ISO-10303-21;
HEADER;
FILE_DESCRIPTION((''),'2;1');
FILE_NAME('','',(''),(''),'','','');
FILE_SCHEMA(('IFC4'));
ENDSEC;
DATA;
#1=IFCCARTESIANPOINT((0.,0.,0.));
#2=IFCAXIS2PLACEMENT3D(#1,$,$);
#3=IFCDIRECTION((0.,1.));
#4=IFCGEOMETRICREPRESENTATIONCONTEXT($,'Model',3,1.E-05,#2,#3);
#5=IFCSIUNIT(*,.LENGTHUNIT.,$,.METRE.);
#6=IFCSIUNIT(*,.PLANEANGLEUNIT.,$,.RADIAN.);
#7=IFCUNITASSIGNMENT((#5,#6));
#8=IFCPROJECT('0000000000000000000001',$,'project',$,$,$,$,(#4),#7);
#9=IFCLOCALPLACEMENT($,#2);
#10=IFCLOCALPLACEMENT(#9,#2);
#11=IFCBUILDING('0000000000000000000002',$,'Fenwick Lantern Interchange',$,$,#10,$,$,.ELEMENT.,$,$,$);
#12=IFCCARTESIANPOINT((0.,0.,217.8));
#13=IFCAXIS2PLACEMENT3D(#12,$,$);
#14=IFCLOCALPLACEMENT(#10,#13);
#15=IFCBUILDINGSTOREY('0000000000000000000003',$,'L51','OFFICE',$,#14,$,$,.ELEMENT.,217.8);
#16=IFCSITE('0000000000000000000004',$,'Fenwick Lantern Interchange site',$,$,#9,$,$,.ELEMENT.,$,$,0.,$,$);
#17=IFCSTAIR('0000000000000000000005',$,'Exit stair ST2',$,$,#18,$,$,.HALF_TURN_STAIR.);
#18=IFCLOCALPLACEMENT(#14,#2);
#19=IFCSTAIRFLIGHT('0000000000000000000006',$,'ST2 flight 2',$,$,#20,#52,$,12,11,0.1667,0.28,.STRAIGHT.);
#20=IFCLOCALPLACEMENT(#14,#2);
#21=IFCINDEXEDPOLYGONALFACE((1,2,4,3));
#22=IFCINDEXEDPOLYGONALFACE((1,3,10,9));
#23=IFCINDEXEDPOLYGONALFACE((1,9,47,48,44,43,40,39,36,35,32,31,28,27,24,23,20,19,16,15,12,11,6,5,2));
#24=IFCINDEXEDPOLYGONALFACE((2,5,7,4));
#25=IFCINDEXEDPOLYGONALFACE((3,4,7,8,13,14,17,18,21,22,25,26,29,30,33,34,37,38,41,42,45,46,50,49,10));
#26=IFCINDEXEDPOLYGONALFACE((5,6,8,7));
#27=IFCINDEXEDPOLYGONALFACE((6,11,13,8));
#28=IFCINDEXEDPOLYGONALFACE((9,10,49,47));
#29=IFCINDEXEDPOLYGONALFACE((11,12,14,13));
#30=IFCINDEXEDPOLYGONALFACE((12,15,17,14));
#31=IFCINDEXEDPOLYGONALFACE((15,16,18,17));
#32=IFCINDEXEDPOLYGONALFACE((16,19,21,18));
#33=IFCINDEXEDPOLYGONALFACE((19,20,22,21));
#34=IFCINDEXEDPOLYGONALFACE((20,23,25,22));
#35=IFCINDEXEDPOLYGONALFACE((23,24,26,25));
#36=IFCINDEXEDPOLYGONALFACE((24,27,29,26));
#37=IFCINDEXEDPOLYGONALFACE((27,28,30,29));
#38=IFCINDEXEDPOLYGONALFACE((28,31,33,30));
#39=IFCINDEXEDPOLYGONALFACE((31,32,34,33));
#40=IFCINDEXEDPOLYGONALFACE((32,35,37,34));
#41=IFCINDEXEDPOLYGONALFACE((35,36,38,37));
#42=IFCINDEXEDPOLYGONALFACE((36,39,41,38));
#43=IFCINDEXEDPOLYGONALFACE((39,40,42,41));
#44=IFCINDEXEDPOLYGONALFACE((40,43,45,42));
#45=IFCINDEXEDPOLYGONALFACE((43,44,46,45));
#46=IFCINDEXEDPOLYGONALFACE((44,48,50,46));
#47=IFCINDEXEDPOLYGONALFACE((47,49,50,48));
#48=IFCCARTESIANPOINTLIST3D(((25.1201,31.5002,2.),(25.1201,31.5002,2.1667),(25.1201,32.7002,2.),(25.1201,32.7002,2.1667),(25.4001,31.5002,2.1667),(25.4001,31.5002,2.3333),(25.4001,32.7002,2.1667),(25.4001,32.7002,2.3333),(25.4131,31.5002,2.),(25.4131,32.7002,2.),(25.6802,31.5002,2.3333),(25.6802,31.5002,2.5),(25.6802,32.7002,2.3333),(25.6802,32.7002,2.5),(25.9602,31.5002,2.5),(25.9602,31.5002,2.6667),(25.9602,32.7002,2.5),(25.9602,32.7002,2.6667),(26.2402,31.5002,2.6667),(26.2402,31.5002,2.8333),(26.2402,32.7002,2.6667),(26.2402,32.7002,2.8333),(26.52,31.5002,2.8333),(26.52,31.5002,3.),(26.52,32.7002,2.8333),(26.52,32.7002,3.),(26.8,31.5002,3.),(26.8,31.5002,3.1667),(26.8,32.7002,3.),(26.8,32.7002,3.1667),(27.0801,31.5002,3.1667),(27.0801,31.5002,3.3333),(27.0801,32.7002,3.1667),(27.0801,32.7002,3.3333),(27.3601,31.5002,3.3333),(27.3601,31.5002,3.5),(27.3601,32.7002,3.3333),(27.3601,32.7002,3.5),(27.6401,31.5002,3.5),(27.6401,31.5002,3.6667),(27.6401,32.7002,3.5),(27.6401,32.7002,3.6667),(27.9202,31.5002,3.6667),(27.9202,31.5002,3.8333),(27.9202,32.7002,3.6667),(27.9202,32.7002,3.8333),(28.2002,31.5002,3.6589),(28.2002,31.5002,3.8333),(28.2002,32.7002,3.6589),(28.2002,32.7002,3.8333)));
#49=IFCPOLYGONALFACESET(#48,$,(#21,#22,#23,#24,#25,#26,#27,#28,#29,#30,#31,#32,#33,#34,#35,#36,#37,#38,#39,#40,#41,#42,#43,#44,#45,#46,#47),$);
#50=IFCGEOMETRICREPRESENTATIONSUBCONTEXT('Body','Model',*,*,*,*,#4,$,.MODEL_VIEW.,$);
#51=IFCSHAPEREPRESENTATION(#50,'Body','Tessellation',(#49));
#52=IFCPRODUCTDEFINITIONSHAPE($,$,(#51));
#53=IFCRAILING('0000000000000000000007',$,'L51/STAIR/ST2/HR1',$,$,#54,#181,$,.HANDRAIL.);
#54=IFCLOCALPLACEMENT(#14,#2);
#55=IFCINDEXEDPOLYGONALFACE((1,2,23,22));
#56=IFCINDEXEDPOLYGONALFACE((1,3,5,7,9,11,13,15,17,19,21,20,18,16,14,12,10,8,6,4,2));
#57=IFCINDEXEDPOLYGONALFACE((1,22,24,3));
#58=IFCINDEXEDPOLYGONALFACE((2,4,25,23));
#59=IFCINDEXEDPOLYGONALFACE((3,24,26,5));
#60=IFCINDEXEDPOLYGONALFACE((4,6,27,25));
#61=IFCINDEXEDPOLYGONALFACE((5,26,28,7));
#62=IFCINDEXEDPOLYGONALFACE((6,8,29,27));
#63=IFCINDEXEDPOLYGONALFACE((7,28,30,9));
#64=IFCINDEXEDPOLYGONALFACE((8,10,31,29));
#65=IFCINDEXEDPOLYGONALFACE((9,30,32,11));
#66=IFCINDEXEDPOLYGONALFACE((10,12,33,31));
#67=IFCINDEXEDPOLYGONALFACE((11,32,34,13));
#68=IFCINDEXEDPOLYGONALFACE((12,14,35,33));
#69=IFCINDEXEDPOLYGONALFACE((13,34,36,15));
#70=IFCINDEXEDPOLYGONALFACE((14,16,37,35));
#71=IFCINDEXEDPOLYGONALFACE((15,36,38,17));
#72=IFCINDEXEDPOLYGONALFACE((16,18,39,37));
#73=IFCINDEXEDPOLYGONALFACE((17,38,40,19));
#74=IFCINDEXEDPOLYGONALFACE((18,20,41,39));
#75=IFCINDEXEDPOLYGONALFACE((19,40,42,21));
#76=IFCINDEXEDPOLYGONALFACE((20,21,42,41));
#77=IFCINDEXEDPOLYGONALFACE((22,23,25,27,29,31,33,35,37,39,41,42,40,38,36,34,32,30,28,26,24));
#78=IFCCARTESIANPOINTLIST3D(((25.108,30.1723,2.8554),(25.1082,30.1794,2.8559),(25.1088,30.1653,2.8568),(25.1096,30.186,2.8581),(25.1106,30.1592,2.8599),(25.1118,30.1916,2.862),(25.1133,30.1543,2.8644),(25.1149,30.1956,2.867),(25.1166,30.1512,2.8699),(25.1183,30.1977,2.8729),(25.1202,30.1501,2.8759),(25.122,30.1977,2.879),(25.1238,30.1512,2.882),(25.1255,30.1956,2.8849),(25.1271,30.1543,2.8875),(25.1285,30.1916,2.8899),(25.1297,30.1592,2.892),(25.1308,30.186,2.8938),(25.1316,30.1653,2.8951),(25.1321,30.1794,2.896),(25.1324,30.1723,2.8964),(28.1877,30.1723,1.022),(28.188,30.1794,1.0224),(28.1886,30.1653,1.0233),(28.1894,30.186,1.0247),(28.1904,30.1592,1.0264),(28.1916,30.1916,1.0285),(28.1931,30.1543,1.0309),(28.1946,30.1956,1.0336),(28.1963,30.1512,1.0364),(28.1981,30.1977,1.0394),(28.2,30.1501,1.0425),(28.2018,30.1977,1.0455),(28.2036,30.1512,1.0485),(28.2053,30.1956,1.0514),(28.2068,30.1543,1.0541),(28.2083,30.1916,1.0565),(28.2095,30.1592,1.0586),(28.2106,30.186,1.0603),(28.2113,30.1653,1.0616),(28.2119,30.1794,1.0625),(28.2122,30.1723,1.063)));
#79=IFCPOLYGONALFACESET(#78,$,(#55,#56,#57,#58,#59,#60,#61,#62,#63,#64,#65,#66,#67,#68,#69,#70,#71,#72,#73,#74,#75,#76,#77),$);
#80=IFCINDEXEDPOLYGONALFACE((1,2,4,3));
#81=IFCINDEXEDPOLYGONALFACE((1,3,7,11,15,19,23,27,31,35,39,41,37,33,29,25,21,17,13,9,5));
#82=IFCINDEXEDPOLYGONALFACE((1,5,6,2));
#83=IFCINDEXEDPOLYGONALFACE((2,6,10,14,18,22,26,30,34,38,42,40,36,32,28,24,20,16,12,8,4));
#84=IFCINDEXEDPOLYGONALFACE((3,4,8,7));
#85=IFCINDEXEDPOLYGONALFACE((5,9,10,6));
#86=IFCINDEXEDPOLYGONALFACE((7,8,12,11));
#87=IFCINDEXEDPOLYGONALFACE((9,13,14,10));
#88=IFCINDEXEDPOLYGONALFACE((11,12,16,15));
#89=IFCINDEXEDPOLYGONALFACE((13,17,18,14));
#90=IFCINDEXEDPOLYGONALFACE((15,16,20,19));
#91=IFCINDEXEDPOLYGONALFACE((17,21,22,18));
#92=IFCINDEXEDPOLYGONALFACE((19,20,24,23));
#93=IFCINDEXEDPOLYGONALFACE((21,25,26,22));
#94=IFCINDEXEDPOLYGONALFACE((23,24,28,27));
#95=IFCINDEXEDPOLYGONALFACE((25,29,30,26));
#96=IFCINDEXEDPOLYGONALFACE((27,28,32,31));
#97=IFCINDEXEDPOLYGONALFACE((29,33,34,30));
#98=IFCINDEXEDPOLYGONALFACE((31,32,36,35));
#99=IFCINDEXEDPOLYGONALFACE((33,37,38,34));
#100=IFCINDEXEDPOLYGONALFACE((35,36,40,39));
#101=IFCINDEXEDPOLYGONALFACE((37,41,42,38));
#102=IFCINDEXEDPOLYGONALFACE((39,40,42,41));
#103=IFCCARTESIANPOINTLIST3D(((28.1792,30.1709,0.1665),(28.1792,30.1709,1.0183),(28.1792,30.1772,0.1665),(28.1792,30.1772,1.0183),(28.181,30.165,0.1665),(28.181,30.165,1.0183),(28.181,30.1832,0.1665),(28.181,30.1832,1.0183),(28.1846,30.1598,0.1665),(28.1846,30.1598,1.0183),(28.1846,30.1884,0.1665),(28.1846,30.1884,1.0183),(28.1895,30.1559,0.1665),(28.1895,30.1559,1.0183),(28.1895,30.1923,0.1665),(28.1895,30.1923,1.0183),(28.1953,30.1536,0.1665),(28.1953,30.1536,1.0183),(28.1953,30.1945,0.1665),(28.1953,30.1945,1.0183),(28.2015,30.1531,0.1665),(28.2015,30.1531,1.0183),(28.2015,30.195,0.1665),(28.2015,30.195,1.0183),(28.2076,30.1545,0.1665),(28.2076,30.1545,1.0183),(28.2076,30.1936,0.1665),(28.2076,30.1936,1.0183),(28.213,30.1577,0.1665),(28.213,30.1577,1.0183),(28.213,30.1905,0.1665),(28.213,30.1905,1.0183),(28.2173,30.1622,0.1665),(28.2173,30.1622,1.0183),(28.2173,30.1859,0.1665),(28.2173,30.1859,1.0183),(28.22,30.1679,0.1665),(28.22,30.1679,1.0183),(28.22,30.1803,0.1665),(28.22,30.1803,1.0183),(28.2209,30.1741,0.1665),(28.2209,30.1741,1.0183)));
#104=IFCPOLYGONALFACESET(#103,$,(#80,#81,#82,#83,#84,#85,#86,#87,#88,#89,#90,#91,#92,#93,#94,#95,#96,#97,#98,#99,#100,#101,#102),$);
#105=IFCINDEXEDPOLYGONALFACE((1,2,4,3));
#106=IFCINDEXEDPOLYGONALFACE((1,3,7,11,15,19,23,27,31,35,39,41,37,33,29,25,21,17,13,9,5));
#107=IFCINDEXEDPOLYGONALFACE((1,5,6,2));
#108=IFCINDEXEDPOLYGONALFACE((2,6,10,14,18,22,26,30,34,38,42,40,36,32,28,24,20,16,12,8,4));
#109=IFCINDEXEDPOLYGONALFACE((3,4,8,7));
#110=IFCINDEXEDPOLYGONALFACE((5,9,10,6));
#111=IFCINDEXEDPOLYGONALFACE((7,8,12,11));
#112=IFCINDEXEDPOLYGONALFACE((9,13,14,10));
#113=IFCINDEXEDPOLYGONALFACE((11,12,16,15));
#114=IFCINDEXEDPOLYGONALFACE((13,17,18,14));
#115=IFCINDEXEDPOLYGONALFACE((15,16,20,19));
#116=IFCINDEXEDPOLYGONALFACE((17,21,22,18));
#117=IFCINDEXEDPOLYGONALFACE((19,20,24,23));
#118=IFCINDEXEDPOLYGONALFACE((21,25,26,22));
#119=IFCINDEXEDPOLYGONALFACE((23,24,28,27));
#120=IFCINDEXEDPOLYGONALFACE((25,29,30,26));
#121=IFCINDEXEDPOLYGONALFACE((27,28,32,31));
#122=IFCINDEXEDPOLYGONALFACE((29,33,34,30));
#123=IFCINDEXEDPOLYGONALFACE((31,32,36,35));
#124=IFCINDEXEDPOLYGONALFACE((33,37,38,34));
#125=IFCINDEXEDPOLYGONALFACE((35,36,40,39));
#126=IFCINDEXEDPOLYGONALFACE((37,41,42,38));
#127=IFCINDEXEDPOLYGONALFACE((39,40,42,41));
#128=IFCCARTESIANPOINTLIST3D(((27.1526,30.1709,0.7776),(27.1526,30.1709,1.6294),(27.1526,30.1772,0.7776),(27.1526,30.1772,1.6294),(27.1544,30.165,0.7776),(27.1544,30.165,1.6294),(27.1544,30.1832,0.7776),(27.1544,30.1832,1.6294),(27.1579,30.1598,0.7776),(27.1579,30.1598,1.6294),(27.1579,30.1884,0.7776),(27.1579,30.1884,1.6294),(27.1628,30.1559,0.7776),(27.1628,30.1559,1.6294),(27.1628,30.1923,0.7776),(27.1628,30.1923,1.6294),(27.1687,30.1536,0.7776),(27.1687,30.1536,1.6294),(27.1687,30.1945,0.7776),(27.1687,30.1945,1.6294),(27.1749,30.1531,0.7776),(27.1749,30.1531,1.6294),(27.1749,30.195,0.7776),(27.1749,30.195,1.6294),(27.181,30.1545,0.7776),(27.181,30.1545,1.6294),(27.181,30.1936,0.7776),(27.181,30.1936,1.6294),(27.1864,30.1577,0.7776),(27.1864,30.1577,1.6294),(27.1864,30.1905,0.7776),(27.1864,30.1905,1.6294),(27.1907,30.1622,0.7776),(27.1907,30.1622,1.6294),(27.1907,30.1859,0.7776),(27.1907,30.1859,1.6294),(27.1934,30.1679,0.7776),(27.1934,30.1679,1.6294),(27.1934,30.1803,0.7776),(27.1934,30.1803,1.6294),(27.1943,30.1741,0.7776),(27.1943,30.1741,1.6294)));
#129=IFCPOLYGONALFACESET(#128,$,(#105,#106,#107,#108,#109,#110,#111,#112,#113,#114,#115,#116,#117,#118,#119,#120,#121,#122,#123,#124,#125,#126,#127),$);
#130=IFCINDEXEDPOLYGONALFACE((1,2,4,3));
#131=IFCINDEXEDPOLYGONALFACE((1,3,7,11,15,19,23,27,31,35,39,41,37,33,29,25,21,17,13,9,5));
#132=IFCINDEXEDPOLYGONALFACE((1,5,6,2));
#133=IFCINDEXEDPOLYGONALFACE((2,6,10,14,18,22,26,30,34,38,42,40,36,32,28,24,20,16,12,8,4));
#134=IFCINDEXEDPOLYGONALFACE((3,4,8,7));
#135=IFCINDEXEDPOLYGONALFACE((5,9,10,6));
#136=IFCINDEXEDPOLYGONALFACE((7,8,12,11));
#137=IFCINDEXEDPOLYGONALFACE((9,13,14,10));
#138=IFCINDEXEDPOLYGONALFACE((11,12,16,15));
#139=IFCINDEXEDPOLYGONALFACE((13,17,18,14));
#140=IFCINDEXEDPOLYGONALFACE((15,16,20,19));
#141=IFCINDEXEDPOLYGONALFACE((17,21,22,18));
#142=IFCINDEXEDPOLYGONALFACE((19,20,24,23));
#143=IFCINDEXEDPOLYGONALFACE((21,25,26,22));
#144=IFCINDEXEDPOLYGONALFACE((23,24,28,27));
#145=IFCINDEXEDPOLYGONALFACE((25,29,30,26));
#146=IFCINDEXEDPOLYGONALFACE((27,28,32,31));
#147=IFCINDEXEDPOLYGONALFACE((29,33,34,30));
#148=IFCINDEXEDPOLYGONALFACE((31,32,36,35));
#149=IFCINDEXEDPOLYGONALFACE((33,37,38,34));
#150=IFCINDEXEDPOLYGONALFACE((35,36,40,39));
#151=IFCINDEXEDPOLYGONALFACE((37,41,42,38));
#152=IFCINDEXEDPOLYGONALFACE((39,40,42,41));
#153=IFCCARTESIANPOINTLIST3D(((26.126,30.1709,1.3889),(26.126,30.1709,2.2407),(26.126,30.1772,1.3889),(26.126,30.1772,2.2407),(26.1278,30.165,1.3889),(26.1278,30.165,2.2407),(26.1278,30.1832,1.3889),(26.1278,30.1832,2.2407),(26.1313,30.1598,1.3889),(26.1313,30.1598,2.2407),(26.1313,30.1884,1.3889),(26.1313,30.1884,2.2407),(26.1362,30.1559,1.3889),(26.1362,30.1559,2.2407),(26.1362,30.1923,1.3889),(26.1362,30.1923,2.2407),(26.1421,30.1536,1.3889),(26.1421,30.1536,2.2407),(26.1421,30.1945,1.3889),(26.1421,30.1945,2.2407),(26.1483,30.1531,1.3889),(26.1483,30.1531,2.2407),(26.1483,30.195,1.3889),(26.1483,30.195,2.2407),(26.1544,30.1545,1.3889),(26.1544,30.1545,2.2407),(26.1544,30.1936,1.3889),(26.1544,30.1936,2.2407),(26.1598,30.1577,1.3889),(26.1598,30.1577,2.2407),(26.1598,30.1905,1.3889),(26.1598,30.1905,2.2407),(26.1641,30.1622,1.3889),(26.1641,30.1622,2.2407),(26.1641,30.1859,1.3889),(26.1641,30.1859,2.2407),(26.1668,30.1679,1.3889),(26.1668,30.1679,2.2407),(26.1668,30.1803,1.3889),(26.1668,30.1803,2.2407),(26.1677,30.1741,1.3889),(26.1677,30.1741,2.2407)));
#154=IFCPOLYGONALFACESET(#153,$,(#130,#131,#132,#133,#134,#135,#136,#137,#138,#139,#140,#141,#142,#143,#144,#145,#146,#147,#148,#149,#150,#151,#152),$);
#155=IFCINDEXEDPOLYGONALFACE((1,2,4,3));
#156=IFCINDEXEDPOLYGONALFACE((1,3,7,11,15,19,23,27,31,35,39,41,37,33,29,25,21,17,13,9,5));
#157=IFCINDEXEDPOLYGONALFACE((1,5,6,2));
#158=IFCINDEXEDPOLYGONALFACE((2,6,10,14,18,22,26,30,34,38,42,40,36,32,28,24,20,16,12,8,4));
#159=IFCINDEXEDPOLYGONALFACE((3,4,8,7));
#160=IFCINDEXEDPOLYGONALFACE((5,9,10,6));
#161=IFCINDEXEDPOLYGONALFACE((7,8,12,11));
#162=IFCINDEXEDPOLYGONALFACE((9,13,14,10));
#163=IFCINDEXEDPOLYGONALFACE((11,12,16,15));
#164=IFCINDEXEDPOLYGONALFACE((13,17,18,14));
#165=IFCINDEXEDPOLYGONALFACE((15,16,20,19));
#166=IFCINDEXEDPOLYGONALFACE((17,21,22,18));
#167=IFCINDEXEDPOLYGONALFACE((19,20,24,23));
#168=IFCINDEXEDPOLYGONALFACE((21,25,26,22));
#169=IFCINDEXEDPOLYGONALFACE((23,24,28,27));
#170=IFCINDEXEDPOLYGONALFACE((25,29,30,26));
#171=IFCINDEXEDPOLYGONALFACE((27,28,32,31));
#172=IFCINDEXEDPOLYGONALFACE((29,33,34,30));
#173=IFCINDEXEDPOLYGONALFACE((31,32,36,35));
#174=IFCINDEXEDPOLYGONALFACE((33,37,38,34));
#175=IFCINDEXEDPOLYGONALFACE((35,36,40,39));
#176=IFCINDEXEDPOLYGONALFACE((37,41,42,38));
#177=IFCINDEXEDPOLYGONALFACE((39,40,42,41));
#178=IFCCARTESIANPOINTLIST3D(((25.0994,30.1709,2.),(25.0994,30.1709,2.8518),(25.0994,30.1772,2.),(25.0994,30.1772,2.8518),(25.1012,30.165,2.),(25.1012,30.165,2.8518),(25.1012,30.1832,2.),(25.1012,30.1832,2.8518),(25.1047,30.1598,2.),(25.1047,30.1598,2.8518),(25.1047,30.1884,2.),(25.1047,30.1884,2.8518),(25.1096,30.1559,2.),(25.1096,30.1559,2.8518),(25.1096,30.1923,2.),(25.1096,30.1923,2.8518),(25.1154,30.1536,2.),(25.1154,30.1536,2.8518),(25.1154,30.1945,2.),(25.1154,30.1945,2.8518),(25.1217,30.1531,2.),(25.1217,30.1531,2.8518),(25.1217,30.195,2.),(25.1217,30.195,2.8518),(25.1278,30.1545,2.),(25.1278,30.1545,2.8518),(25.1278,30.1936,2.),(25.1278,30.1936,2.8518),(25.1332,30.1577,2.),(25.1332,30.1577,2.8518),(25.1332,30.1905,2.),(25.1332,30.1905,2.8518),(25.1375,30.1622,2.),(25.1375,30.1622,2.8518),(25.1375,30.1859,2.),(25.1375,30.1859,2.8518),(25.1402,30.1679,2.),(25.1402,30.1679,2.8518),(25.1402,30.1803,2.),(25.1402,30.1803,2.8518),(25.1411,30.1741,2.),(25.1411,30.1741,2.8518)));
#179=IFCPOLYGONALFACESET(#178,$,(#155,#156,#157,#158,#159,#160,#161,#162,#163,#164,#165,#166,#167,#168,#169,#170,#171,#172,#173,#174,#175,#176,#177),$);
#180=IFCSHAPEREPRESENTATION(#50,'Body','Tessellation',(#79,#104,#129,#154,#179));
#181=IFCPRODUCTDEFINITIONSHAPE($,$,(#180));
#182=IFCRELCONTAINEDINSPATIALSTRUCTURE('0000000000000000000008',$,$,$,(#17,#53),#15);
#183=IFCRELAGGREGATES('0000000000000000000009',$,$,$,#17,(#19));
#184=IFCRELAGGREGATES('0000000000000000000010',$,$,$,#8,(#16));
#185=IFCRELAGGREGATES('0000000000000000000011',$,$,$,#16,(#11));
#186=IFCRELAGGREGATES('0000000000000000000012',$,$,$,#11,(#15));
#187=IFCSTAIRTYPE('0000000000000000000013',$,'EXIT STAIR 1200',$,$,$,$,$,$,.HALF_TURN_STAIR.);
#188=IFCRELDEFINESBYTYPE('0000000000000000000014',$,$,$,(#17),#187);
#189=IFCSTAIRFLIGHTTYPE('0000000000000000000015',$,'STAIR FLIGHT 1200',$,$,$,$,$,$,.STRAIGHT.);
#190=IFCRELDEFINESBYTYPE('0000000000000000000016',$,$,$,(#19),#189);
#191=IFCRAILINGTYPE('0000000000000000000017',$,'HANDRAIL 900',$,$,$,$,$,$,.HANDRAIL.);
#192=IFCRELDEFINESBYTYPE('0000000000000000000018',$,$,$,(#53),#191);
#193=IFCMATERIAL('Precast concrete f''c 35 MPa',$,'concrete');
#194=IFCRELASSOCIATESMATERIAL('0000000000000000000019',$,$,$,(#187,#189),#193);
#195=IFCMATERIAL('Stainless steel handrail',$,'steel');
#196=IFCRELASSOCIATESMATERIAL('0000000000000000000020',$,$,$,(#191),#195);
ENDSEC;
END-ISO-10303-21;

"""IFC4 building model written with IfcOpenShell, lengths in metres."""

from ifc_helpers import new_model, si_unit, direction, frame, origin, origin_2d, place, context, subcontext, project, spatial, polyline, circle, outline, extrude, material, type_object, element, aggregate, save


model = new_model("IFC4")

# Units and contexts
model_context = context("Model", 3, precision=1e-05, world=origin(), true_north=direction((0.0, 1.0)))
body_context = subcontext(model_context, "Body", "Model", "MODEL_VIEW")
ifc_project = project(units=[si_unit("LENGTHUNIT", "METRE"), si_unit("PLANEANGLEUNIT", "RADIAN")], contexts=[model_context])

# Site, building, storey
site_placement = place(None, origin())
site = spatial("IfcSite", under=ifc_project, at=site_placement, Name="Fenwick Lantern Interchange site", CompositionType="ELEMENT", RefElevation=0.0)
building_placement = place(site_placement, origin())
building = spatial("IfcBuilding", under=site, at=building_placement, Name="Fenwick Lantern Interchange", CompositionType="ELEMENT")
storey_placement = place(building_placement, frame((0.0, 0.0, 217.8)))
storey = spatial("IfcBuildingStorey", under=building, at=storey_placement, Name="L51", Description="OFFICE", CompositionType="ELEMENT", Elevation=217.8)

# Stair, stair flight
ifc_material_1 = material(Name="Precast concrete f'c 35 MPa", Category="concrete")
stair_type = type_object("IfcStairType", Name="EXIT STAIR 1200", PredefinedType="HALF_TURN_STAIR", material=ifc_material_1)
stair_placement = place(storey_placement, origin())
stair = element("IfcStair", 1, at=stair_placement, inside=storey, type_object=stair_type, Name="Exit stair ST2", PredefinedType="HALF_TURN_STAIR")
stair_flight_type = type_object("IfcStairFlightType", Name="STAIR FLIGHT 1200", PredefinedType="STRAIGHT", material=ifc_material_1)
stair_flight_1_placement = place(storey_placement, frame((25.1201, 32.1001, 2.0), z_axis=(0.0, 0.0, 1.0), x_axis=(1.0, 0.0, 0.0)))
stair_flight_1 = element("IfcStairFlight", 2, at=stair_flight_1_placement, type_object=stair_flight_type, Name="ST2 flight 2", NumberOfRisers=12, NumberOfTreads=11, PredefinedType="STRAIGHT", RiserHeight=0.1667, TreadLength=0.28, context=body_context, shape_type="SweptSolid", body=[
    extrude(outline(polyline([(0.0, 0.0), (0.0, 0.1667), (0.28, 0.1667), (0.28, 0.3333), (0.5601, 0.3333), (0.5601, 0.5), (0.8401, 0.5), (0.8401, 0.6667), (1.1201, 0.6667), (1.1201, 0.8333), (1.3999, 0.8333), (1.3999, 1.0), (1.6799, 1.0), (1.6799, 1.1667), (1.96, 1.1667), (1.96, 1.3333), (2.24, 1.3333), (2.24, 1.5), (2.52, 1.5), (2.52, 1.6667), (2.8, 1.6667), (2.8, 1.8333), (3.0801, 1.8333), (3.0801, 2.0), (3.0801, 1.6589), (0.293, 0.0), (0.0, 0.0)])), frame((0.0, 0.6001, 0.0), z_axis=(0.0, -1.0, 0.0), x_axis=(1.0, 0.0, 0.0)), (0.0, 0.0, 1.0), 1.2),
])
aggregate(stair, [stair_flight_1])

# Railing
ifc_material_2 = material(Name="Stainless steel handrail", Category="steel")
railing_type = type_object("IfcRailingType", Name="HANDRAIL 900", PredefinedType="HANDRAIL", material=ifc_material_2)
railing_1_placement = place(storey_placement, frame((28.2, 30.1741, 0.1665)))
element("IfcRailing", 3, at=railing_1_placement, inside=storey, type_object=railing_type, Name="L51/STAIR/ST2/HR1", PredefinedType="HANDRAIL", context=body_context, shape_type="SweptSolid", body=[
    extrude(circle(Radius=0.0239, at=origin_2d()), frame((0.0, 0.0, 0.876), z_axis=(-0.859261, 0.0, 0.511538), x_axis=(0.0, -1.0, 0.0)), (0.0, 0.0, 1.0), 3.5842),
    extrude(circle(Radius=0.021, at=origin_2d()), origin(), (0.0, 0.0, 1.0), 0.8518),
    extrude(circle(Radius=0.021, at=origin_2d()), frame((-1.0266, 0.0, 0.6111)), (0.0, 0.0, 1.0), 0.8518),
    extrude(circle(Radius=0.021, at=origin_2d()), frame((-2.0532, 0.0, 1.2224)), (0.0, 0.0, 1.0), 0.8518),
    extrude(circle(Radius=0.021, at=origin_2d()), frame((-3.0798, 0.0, 1.8335)), (0.0, 0.0, 1.0), 0.8518),
])

save(model, "model.ifc")
